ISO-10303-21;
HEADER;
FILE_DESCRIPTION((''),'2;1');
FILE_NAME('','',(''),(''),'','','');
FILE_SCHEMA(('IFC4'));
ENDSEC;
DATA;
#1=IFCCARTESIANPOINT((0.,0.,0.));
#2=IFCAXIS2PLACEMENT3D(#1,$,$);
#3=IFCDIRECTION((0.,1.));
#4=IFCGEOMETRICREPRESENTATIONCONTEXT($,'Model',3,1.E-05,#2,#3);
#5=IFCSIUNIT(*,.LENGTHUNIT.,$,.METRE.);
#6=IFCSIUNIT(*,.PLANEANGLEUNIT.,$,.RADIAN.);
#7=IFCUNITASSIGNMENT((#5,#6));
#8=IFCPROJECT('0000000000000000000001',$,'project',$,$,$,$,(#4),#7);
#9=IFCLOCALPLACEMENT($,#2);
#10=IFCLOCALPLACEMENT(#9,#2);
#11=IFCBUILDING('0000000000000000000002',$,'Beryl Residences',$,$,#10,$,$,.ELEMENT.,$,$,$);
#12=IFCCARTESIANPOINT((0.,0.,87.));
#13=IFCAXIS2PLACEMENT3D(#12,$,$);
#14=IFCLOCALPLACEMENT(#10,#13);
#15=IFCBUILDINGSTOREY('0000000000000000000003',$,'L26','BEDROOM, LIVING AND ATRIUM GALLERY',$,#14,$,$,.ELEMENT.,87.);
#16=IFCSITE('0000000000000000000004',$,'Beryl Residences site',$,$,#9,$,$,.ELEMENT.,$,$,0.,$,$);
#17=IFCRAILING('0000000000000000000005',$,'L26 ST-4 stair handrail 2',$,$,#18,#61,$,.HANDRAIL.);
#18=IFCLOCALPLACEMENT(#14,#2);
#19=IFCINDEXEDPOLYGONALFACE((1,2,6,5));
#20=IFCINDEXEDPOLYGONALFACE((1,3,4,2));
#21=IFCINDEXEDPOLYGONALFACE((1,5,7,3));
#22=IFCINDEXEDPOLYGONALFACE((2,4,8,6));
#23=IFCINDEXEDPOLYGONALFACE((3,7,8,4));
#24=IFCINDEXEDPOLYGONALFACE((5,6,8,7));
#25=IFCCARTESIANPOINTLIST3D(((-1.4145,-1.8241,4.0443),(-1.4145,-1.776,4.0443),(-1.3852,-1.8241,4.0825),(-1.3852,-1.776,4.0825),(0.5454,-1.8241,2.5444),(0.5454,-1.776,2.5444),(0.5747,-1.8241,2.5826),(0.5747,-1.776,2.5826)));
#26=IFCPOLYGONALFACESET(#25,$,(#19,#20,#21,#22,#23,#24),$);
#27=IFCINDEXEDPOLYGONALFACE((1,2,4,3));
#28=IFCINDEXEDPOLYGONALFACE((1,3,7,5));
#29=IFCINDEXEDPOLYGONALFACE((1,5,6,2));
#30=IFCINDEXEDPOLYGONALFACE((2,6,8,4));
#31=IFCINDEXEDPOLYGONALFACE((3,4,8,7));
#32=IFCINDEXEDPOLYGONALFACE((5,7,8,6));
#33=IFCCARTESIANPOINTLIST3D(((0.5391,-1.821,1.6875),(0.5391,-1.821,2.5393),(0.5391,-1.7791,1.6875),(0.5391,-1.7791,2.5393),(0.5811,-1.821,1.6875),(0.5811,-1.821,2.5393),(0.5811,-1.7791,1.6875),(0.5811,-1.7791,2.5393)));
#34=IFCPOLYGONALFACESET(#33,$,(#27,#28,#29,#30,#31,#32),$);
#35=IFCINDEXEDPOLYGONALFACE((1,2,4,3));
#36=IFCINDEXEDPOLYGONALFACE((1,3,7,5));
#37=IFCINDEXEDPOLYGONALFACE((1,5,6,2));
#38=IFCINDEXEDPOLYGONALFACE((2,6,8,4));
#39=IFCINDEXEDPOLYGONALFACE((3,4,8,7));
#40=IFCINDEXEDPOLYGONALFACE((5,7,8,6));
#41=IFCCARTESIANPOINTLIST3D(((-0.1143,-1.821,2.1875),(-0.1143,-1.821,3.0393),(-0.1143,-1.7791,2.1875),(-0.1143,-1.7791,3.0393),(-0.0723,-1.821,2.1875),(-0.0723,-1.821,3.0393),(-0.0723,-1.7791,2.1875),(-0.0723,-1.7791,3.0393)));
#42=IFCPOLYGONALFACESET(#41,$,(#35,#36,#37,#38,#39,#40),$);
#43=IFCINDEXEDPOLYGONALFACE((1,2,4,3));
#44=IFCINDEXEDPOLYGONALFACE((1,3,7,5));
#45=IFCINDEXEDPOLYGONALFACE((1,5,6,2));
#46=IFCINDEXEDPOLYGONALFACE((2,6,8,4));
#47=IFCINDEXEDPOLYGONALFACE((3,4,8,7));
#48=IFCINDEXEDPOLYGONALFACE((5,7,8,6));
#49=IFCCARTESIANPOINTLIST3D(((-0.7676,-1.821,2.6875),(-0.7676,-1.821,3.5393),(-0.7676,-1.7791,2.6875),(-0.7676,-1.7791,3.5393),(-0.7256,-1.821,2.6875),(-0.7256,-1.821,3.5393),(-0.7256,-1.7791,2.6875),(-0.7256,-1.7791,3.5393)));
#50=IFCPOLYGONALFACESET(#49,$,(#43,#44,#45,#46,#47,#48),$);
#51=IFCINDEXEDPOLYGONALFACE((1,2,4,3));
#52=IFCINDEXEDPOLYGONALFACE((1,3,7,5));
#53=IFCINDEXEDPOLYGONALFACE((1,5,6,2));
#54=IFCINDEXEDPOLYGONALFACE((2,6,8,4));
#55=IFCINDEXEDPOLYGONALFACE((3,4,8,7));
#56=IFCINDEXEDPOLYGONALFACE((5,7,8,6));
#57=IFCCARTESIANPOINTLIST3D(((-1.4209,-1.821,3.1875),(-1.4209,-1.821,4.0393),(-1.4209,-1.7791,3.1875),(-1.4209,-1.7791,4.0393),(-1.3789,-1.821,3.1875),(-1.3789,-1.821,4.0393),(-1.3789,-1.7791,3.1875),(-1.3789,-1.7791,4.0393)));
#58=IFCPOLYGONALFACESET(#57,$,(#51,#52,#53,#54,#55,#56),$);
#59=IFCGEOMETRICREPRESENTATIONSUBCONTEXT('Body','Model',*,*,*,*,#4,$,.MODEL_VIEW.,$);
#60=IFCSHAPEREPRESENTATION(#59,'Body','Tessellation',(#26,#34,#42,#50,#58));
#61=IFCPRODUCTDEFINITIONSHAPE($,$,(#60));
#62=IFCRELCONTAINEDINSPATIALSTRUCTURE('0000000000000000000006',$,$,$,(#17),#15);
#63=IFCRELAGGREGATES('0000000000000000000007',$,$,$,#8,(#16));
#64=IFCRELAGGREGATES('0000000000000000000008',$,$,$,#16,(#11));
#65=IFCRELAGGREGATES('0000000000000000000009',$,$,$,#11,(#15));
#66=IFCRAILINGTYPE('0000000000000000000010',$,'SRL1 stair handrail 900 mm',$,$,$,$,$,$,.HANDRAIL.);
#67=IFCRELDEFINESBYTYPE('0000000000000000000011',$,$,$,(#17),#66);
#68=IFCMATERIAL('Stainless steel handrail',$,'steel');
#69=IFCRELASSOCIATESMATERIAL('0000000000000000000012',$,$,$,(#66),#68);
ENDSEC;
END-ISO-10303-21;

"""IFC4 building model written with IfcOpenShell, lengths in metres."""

from ifc_helpers import new_model, si_unit, direction, frame, origin, origin_2d, place, context, subcontext, project, spatial, rectangle, extrude, material, type_object, element, save


model = new_model("IFC4")

# Units and contexts
model_context = context("Model", 3, precision=1e-05, world=origin(), true_north=direction((0.0, 1.0)))
body_context = subcontext(model_context, "Body", "Model", "MODEL_VIEW")
ifc_project = project(units=[si_unit("LENGTHUNIT", "METRE"), si_unit("PLANEANGLEUNIT", "RADIAN")], contexts=[model_context])

# Site, building, storey
site_placement = place(None, origin())
site = spatial("IfcSite", under=ifc_project, at=site_placement, Name="Beryl Residences site", CompositionType="ELEMENT", RefElevation=0.0)
building_placement = place(site_placement, origin())
building = spatial("IfcBuilding", under=site, at=building_placement, Name="Beryl Residences", CompositionType="ELEMENT")
storey_placement = place(building_placement, frame((0.0, 0.0, 87.0)))
storey = spatial("IfcBuildingStorey", under=building, at=storey_placement, Name="L26", Description="BEDROOM, LIVING AND ATRIUM GALLERY", CompositionType="ELEMENT", Elevation=87.0)

# Railing
ifc_material_1 = material(Name="Stainless steel handrail", Category="steel")
railing_type_1 = type_object("IfcRailingType", Name="SRL1 stair handrail 900 mm", PredefinedType="HANDRAIL", material=ifc_material_1)
railing_1_placement = place(storey_placement, frame((0.5601, -1.8, 1.6875)))
element("IfcRailing", 1, at=railing_1_placement, inside=storey, type_object=railing_type_1, Name="L26 ST-4 stair handrail 2", PredefinedType="HANDRAIL", context=body_context, shape_type="SweptSolid", body=[
    extrude(rectangle(XDim=0.0481, YDim=0.0481, at=origin_2d()), frame((0.0, 0.0, 0.876), z_axis=(-0.794122, 0.0, 0.607758), x_axis=(0.0, -1.0, 0.0)), (0.0, 0.0, 1.0), 2.468),
    extrude(rectangle(XDim=0.042, YDim=0.042, at=origin_2d()), origin(), (0.0, 0.0, 1.0), 0.8518),
    extrude(rectangle(XDim=0.042, YDim=0.042, at=origin_2d()), frame((-0.6533, 0.0, 0.5)), (0.0, 0.0, 1.0), 0.8518),
    extrude(rectangle(XDim=0.042, YDim=0.042, at=origin_2d()), frame((-1.3066, 0.0, 1.0)), (0.0, 0.0, 1.0), 0.8518),
    extrude(rectangle(XDim=0.042, YDim=0.042, at=origin_2d()), frame((-1.96, 0.0, 1.5)), (0.0, 0.0, 1.0), 0.8518),
])

save(model, "model.ifc")
